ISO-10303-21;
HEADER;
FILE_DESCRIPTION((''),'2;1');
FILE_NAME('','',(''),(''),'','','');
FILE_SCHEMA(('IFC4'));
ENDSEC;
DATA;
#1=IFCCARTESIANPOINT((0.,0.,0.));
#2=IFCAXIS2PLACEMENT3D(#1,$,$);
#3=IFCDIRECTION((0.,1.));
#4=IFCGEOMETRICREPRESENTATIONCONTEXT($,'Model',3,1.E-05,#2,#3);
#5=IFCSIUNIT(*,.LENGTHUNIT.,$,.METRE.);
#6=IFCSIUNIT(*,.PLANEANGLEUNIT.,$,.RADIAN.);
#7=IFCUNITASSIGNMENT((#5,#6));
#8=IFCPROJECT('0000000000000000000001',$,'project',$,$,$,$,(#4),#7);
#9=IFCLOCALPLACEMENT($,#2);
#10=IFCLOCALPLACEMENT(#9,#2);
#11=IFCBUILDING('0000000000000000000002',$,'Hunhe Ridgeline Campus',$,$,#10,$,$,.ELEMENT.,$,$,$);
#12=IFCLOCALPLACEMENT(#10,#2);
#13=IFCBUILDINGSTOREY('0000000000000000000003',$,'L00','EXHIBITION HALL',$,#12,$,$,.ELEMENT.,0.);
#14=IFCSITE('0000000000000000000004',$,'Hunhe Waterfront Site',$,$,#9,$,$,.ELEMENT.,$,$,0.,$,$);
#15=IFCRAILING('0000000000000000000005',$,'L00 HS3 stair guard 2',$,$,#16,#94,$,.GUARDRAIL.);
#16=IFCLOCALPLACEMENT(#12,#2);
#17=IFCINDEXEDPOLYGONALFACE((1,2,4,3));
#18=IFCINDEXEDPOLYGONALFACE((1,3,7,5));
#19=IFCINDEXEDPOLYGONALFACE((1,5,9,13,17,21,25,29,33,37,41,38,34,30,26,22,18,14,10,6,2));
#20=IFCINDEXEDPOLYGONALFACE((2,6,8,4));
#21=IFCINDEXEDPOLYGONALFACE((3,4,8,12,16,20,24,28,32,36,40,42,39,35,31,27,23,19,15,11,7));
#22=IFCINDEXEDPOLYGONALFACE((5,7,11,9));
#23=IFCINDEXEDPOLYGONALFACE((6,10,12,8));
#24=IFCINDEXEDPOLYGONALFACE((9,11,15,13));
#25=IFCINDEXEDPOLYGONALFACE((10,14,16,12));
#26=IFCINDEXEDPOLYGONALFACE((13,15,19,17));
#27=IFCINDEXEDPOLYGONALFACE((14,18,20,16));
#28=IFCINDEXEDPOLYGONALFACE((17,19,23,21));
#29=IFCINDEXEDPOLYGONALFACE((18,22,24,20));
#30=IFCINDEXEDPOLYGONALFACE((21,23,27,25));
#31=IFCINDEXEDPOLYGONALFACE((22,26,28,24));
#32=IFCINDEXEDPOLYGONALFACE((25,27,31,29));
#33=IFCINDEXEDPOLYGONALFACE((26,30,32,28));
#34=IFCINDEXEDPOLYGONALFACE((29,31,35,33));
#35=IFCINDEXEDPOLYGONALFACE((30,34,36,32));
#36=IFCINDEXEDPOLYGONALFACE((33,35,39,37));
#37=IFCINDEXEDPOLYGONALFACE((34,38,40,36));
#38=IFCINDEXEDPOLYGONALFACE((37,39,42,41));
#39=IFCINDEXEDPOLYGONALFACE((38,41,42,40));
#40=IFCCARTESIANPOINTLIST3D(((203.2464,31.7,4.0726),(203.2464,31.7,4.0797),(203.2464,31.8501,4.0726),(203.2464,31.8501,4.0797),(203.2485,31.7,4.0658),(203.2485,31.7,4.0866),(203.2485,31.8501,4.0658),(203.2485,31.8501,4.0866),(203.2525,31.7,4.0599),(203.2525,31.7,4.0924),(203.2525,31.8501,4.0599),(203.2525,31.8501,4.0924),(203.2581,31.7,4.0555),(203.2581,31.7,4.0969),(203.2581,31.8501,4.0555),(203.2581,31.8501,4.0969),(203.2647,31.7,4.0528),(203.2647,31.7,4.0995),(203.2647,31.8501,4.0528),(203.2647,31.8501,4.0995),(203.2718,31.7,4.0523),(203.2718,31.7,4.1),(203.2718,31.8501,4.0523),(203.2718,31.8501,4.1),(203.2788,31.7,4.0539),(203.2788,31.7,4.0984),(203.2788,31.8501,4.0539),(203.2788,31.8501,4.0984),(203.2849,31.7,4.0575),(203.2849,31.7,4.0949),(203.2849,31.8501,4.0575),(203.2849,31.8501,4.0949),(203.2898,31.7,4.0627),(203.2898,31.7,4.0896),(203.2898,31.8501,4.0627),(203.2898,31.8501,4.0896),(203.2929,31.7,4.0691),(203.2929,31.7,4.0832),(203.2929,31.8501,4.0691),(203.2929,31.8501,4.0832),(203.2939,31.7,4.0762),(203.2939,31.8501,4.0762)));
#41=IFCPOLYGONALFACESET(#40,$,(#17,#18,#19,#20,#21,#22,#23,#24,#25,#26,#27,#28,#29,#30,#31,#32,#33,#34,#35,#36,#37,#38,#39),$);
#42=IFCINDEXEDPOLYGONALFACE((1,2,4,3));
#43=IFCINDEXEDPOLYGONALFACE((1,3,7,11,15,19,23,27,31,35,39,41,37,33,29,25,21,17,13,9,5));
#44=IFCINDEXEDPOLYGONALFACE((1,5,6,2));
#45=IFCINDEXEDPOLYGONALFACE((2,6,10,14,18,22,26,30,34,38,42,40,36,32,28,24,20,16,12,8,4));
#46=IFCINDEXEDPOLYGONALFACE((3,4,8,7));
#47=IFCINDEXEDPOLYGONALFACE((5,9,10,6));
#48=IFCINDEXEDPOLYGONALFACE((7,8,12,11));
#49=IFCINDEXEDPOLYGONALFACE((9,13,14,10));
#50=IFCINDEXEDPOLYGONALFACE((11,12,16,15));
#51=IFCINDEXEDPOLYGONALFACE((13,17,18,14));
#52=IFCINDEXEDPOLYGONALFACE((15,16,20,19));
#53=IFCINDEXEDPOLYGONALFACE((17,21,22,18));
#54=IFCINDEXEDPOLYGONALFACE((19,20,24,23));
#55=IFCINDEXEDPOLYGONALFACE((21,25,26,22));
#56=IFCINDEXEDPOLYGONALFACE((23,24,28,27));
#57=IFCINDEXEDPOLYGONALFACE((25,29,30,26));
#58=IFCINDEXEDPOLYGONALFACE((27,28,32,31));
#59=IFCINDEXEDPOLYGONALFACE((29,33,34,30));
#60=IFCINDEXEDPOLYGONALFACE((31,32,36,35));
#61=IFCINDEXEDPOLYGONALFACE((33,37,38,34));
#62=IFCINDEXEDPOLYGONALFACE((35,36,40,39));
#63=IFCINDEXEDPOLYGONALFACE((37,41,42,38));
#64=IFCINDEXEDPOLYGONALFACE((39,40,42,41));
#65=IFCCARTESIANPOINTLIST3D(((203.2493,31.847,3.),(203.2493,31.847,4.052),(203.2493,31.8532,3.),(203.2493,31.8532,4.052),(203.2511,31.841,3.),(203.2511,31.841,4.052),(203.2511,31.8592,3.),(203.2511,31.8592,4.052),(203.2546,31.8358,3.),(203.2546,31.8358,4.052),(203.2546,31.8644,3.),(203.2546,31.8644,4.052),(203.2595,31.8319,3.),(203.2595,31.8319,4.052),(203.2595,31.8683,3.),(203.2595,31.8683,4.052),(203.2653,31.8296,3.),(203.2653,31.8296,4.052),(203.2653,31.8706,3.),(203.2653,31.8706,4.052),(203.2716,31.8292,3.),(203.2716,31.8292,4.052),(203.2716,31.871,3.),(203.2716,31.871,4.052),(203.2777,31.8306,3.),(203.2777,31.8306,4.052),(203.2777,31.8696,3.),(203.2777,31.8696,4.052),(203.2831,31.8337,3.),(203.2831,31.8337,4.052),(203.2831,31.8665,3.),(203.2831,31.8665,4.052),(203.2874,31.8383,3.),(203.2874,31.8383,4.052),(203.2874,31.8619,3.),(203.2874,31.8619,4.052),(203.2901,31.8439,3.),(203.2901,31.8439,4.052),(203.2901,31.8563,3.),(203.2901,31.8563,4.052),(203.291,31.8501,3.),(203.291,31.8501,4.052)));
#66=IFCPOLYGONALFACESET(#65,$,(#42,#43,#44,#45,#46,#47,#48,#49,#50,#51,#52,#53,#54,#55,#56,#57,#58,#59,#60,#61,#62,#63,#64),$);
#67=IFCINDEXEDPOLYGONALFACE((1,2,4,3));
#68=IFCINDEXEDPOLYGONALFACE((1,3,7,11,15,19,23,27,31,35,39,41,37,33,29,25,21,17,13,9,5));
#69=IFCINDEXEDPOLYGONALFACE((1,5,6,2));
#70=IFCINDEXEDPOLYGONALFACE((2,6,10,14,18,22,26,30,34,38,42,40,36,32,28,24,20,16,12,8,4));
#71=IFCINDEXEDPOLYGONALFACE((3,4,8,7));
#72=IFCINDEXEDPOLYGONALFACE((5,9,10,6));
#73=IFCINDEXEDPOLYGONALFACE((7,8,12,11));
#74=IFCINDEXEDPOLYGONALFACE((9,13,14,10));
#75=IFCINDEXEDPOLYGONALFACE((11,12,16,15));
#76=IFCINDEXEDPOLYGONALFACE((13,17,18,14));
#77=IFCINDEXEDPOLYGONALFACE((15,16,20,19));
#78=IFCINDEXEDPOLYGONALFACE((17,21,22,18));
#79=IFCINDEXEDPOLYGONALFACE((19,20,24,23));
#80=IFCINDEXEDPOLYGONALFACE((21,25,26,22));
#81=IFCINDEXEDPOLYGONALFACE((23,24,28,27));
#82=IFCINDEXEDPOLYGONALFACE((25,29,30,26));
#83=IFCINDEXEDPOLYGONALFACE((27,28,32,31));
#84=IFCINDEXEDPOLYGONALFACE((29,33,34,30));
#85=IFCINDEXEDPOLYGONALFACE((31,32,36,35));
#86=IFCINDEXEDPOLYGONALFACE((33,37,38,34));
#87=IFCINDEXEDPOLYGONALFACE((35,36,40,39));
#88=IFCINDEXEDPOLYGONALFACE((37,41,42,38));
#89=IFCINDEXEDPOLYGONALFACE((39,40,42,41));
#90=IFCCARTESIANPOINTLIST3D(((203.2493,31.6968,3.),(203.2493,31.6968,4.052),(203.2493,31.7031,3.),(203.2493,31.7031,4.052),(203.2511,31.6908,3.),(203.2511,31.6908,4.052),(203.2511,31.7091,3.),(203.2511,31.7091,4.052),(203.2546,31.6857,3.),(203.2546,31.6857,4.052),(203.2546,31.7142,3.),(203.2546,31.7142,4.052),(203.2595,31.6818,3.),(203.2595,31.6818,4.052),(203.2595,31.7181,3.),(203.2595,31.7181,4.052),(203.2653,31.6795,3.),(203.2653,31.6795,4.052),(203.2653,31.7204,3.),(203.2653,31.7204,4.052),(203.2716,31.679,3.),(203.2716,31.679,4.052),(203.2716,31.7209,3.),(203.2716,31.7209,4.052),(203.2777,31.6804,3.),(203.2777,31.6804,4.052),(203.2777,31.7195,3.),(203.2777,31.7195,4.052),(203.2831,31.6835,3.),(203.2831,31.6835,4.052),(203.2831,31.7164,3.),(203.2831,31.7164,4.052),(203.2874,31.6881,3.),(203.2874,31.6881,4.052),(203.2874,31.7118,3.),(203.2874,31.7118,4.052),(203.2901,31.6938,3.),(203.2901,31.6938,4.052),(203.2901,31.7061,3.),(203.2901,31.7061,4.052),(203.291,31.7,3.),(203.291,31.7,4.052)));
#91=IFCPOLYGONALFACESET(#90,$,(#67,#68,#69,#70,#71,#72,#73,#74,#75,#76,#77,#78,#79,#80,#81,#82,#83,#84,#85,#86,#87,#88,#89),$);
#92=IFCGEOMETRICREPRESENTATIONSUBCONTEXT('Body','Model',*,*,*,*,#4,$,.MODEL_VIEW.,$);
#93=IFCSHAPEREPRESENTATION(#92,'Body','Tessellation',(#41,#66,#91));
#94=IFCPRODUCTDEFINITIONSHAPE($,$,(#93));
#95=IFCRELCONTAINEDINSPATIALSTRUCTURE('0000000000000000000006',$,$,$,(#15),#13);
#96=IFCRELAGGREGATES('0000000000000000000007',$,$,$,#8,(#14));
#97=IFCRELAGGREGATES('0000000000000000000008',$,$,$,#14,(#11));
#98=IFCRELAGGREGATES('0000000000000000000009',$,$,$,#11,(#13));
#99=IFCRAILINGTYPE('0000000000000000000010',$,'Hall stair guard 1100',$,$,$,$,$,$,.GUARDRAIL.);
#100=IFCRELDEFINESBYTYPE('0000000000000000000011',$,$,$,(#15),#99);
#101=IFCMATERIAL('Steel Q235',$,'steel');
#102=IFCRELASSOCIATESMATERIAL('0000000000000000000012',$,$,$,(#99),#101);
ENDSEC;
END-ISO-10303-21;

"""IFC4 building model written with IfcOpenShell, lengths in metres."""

from ifc_helpers import new_model, si_unit, direction, frame, origin, origin_2d, place, context, subcontext, project, spatial, circle, extrude, material, type_object, element, save


model = new_model("IFC4")

# Units and contexts
model_context = context("Model", 3, precision=1e-05, world=origin(), true_north=direction((0.0, 1.0)))
body_context = subcontext(model_context, "Body", "Model", "MODEL_VIEW")
ifc_project = project(units=[si_unit("LENGTHUNIT", "METRE"), si_unit("PLANEANGLEUNIT", "RADIAN")], contexts=[model_context])

# Site, building, storey
site_placement = place(None, origin())
site = spatial("IfcSite", under=ifc_project, at=site_placement, Name="Hunhe Waterfront Site", CompositionType="ELEMENT", RefElevation=0.0)
building_placement = place(site_placement, origin())
building = spatial("IfcBuilding", under=site, at=building_placement, Name="Hunhe Ridgeline Campus", CompositionType="ELEMENT")
storey_placement = place(building_placement, origin())
storey = spatial("IfcBuildingStorey", under=building, at=storey_placement, Name="L00", Description="EXHIBITION HALL", CompositionType="ELEMENT", Elevation=0.0)

# Shared definitions
ifc_material_1 = material(Name="Steel Q235", Category="steel")

# Railing
railing_type_1 = type_object("IfcRailingType", Name="Hall stair guard 1100", PredefinedType="GUARDRAIL", material=ifc_material_1)
railing_1_placement = place(storey_placement, frame((203.27, 31.8501, 3.0)))
element("IfcRailing", 1, at=railing_1_placement, inside=storey, type_object=railing_type_1, Name="L00 HS3 stair guard 2", PredefinedType="GUARDRAIL", context=body_context, shape_type="SweptSolid", body=[
    extrude(circle(Radius=0.0239, at=origin_2d()), frame((0.0, 0.0, 1.0762), z_axis=(0.0, -1.0, 0.0), x_axis=(1.0, 0.0, 0.0)), (0.0, 0.0, 1.0), 0.1501),
    extrude(circle(Radius=0.021, at=origin_2d()), origin(), (0.0, 0.0, 1.0), 1.052),
    extrude(circle(Radius=0.021, at=origin_2d()), frame((0.0, -0.1501, 0.0)), (0.0, 0.0, 1.0), 1.052),
])

save(model, "model.ifc")
